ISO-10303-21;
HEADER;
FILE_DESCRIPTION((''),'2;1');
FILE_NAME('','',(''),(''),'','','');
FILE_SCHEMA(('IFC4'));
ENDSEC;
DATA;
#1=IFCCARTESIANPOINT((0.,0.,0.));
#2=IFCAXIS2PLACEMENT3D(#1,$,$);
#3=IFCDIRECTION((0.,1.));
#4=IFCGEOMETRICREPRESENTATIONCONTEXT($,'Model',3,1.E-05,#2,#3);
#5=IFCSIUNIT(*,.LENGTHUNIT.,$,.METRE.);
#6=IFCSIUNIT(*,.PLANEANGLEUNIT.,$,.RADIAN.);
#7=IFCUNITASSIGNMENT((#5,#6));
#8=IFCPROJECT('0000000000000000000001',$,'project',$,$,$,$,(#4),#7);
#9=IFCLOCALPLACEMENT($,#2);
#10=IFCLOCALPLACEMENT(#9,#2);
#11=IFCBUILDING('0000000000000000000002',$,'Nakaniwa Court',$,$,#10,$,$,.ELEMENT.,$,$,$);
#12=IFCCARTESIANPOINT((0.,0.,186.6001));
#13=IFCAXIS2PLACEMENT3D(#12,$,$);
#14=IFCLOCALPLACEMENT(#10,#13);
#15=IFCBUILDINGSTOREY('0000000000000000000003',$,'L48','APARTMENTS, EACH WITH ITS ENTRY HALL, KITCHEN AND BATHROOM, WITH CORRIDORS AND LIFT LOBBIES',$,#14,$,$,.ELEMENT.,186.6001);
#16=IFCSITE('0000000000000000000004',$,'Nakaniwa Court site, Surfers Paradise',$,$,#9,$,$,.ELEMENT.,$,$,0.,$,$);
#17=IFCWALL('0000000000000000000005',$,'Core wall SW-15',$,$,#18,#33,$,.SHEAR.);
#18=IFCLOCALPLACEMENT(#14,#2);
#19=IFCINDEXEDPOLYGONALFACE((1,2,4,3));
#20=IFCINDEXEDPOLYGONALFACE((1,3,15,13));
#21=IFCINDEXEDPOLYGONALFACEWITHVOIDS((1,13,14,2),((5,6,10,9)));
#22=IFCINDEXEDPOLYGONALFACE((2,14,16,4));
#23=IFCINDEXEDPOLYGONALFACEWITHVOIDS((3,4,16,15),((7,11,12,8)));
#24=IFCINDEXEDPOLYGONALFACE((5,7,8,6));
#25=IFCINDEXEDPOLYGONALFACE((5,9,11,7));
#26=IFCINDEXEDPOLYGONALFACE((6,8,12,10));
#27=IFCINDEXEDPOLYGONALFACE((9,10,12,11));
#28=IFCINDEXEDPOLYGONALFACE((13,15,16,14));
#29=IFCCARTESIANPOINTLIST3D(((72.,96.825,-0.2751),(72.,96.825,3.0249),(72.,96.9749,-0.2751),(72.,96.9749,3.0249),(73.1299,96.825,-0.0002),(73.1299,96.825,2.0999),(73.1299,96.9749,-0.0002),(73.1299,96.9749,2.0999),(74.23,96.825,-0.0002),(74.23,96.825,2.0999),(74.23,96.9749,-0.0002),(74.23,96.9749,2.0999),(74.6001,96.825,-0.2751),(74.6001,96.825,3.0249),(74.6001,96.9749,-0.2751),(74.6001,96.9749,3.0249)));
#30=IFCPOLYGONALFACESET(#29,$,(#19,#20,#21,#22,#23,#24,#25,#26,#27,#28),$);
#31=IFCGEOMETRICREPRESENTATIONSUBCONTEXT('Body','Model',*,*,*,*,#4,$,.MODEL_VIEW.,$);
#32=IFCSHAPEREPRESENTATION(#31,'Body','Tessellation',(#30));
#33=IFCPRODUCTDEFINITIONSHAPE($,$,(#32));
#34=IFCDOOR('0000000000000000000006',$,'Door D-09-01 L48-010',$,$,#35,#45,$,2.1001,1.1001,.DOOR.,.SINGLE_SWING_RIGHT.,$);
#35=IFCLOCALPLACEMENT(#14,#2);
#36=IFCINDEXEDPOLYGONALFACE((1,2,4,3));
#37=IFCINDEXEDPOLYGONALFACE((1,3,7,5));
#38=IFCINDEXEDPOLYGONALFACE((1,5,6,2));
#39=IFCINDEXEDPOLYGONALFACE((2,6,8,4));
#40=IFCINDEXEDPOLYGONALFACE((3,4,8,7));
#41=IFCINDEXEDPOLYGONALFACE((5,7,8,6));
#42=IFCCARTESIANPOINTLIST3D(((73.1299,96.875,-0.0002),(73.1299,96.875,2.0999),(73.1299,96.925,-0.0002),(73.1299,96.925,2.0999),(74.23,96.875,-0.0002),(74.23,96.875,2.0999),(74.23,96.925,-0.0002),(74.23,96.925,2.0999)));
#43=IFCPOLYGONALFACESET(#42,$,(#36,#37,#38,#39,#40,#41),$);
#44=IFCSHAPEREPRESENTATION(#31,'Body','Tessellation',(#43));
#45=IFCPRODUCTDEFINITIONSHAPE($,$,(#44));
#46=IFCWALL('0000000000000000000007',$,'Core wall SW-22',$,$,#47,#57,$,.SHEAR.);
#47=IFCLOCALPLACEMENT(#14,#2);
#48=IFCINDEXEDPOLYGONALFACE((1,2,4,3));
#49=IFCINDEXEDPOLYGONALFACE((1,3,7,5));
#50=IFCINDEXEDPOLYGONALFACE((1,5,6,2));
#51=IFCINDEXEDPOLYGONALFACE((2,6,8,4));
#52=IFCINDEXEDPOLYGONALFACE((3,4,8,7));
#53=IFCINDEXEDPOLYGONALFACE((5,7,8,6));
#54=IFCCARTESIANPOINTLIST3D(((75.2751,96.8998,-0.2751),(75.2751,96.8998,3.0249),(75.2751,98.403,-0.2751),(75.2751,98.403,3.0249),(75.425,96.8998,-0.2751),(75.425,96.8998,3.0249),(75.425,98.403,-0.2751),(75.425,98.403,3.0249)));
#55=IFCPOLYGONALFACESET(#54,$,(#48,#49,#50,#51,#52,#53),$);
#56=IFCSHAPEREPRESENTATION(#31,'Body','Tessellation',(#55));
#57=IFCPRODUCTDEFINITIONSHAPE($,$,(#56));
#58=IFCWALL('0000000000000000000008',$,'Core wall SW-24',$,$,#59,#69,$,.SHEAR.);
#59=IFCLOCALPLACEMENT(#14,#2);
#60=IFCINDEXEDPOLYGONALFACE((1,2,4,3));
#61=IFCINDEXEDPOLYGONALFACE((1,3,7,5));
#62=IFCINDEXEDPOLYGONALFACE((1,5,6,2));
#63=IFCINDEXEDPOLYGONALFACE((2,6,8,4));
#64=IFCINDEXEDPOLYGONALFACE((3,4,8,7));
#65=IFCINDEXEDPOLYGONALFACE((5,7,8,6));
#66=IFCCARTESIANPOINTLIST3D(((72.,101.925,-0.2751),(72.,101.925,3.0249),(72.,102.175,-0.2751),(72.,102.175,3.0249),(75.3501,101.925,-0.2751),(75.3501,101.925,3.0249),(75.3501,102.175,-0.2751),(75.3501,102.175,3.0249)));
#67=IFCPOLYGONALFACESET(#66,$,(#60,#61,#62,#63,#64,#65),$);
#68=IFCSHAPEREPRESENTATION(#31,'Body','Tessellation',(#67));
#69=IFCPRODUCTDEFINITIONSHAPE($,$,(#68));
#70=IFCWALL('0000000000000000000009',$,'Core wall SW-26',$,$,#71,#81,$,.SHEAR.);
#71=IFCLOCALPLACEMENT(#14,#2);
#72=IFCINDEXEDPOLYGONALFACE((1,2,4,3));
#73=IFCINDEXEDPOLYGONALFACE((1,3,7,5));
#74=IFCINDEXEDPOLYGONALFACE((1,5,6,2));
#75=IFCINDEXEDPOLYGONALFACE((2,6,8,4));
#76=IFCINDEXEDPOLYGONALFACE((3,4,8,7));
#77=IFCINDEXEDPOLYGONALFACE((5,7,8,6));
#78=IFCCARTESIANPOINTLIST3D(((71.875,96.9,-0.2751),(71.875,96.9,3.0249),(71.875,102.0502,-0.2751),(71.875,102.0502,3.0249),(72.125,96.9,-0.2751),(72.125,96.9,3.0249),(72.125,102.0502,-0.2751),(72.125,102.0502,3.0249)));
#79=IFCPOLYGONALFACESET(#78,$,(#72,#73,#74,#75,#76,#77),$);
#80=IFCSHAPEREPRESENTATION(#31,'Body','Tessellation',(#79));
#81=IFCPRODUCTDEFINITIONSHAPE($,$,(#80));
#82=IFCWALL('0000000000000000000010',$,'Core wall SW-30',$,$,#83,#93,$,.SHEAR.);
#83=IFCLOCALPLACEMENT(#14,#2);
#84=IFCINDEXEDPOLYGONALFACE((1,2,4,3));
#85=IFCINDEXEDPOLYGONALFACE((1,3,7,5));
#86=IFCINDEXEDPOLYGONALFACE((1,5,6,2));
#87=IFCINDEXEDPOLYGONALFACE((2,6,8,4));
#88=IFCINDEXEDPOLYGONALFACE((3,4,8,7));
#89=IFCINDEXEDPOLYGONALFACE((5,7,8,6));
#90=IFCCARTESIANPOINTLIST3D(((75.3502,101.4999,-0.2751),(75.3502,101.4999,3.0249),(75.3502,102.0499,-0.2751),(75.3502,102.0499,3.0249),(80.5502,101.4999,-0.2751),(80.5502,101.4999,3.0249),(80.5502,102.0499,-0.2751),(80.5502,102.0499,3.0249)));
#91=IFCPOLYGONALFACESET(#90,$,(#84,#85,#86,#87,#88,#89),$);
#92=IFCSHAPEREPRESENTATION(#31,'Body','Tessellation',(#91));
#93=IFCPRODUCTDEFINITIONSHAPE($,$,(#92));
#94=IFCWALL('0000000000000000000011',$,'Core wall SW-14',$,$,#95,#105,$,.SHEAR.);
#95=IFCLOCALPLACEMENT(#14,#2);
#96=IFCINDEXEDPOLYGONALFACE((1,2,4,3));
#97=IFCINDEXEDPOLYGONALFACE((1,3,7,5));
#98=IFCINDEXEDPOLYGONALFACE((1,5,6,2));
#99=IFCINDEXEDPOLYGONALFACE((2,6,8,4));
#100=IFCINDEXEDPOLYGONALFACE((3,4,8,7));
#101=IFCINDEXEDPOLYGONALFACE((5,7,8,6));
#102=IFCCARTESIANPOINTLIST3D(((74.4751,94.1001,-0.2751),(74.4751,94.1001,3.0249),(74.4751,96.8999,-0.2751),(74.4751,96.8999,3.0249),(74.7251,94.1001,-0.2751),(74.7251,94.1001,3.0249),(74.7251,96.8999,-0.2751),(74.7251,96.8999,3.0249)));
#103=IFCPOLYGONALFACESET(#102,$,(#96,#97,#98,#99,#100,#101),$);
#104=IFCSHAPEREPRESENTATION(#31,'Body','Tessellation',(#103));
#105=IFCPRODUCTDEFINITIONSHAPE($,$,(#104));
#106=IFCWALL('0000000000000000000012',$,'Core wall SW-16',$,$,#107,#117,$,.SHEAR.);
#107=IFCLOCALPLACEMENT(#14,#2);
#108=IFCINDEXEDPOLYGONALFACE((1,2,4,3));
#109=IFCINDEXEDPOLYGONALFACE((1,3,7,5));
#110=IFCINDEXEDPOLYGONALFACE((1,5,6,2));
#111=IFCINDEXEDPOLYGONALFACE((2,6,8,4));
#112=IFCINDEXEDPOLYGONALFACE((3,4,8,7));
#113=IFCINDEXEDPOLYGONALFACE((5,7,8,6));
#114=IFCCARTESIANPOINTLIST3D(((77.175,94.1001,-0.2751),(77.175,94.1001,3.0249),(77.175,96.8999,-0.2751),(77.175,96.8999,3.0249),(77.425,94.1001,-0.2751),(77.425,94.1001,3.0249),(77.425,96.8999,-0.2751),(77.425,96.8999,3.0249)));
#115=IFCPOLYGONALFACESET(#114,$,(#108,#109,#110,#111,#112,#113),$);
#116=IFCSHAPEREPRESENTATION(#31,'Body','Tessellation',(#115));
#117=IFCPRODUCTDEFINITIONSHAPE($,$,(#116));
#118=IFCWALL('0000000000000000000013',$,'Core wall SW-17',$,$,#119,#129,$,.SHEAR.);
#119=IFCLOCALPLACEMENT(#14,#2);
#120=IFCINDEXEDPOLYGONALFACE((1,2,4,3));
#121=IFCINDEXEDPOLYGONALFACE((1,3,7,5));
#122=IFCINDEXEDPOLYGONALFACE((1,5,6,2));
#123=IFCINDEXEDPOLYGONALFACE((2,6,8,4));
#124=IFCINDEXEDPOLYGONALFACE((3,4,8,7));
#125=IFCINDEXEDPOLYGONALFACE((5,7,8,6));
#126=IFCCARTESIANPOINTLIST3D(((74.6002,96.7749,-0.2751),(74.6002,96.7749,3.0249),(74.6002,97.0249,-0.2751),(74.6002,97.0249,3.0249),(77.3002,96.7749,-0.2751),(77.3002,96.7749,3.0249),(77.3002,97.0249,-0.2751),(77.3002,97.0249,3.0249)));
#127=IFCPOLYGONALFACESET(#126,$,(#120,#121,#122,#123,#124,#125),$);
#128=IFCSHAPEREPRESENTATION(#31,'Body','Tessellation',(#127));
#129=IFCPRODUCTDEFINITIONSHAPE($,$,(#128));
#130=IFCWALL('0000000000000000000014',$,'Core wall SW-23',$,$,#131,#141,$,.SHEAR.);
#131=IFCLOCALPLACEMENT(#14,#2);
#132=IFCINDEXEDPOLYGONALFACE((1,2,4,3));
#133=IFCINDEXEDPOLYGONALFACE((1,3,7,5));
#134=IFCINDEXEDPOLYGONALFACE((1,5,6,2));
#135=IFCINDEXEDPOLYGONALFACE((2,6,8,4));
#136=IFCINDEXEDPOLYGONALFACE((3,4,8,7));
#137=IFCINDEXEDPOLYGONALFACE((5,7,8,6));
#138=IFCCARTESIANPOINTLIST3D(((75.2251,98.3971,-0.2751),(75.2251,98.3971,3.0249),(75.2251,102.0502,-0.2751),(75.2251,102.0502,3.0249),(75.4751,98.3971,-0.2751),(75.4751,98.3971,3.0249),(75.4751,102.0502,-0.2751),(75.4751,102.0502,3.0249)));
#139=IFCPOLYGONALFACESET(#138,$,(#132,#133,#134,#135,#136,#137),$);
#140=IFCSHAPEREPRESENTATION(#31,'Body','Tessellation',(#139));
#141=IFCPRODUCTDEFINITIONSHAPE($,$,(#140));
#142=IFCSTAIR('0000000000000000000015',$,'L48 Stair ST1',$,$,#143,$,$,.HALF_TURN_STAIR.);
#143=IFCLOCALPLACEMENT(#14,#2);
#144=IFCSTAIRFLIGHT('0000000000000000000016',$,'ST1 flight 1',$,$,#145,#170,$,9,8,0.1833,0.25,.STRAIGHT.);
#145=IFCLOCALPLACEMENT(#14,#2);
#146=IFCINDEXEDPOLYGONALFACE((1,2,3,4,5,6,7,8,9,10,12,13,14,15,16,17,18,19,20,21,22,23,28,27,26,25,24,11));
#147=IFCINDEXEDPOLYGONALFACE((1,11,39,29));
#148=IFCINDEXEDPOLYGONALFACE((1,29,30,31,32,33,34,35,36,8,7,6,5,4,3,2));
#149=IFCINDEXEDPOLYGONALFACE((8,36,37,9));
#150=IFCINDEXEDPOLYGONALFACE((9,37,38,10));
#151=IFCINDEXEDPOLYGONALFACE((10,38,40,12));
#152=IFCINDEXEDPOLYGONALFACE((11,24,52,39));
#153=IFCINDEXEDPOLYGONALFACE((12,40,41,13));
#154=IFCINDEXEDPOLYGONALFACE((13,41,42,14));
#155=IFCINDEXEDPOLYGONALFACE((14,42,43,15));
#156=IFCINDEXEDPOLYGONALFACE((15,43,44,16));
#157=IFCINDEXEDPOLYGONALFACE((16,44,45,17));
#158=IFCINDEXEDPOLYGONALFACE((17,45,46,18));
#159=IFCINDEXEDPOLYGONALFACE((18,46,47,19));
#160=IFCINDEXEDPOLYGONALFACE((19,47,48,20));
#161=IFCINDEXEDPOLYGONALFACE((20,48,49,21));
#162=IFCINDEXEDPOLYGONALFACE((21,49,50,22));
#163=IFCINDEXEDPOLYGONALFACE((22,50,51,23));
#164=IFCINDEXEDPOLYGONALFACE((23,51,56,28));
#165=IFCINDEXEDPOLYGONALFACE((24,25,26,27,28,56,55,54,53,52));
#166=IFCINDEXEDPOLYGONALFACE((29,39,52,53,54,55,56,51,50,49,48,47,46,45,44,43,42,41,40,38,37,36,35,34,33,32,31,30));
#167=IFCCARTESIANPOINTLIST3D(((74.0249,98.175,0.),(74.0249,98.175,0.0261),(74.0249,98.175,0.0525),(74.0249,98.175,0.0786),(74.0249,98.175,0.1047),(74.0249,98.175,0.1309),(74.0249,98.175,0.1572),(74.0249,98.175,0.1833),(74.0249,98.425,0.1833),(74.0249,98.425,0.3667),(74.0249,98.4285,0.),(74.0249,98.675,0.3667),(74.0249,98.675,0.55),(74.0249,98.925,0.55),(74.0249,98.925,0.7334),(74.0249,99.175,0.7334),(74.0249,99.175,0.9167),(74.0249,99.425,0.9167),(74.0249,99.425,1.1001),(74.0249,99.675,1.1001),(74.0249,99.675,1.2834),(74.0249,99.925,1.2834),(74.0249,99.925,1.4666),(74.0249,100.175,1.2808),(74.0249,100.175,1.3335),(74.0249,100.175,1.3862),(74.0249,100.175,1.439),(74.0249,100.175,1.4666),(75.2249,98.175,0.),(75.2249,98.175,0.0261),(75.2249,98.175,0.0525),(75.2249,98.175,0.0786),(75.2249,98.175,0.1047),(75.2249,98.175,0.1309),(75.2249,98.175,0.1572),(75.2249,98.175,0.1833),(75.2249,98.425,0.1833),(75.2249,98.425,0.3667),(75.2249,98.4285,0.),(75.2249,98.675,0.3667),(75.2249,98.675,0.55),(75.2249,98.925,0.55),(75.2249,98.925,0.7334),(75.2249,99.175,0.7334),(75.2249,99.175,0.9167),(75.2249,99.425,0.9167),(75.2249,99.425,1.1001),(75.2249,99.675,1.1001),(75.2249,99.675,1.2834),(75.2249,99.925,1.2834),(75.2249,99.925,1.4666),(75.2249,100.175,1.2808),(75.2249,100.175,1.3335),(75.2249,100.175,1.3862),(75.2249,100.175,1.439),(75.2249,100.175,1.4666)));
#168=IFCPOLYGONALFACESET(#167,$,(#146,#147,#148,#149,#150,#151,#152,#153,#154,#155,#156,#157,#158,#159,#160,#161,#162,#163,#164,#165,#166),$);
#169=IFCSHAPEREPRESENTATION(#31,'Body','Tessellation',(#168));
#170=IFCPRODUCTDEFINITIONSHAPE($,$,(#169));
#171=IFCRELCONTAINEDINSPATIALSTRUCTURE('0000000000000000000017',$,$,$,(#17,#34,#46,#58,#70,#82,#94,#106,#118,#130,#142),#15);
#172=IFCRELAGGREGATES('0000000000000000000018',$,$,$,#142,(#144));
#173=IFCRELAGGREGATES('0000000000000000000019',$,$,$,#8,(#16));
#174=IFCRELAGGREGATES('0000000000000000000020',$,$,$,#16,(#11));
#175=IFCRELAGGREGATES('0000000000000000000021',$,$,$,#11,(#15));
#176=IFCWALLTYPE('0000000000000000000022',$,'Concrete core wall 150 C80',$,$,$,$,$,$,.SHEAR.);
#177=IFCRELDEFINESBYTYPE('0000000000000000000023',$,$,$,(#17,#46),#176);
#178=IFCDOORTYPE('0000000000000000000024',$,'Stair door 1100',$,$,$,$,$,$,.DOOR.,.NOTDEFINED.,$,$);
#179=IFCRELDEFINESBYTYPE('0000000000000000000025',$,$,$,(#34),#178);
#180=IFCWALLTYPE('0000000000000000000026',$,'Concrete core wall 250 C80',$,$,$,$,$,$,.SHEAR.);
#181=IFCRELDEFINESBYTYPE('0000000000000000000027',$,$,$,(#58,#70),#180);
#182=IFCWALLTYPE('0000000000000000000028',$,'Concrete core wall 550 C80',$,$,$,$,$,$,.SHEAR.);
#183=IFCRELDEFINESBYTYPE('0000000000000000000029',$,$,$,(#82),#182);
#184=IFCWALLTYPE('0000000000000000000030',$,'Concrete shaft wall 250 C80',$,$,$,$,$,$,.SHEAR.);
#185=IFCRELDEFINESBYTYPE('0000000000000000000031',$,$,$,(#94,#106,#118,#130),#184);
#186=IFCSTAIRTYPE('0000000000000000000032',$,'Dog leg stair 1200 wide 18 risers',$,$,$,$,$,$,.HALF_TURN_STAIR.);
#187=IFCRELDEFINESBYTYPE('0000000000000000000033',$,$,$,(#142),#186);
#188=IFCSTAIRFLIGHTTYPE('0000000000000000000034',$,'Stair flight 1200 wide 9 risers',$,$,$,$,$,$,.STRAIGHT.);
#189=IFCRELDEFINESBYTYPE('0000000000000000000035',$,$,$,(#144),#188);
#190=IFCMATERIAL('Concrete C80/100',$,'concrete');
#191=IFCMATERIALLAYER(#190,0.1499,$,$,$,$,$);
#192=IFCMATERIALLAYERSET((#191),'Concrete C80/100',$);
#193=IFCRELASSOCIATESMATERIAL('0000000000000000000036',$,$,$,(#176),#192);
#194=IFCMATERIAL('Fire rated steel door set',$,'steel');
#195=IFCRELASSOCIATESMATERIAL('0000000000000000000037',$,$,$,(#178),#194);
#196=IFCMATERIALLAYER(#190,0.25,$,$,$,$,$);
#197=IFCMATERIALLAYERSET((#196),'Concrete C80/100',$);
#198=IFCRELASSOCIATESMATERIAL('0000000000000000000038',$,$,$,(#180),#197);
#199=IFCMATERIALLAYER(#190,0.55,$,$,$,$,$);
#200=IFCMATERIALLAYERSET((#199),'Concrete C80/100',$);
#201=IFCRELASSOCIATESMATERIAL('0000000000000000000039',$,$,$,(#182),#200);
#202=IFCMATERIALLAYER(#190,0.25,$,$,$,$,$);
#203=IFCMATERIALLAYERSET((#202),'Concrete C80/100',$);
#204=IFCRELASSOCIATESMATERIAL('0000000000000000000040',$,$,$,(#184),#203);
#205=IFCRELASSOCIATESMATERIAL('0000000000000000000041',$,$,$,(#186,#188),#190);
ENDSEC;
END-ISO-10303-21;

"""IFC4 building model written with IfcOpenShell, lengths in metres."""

from ifc_helpers import new_model, si_unit, direction, frame, frame_2d, origin, place, context, subcontext, project, spatial, polyline, rectangle, outline, extrude, material, layer, layer_set, type_object, element, fill, aggregate, save


model = new_model("IFC4")

# Units and contexts
model_context = context("Model", 3, precision=1e-05, world=origin(), true_north=direction((0.0, 1.0)))
body_context = subcontext(model_context, "Body", "Model", "MODEL_VIEW")
ifc_project = project(units=[si_unit("LENGTHUNIT", "METRE"), si_unit("PLANEANGLEUNIT", "RADIAN")], contexts=[model_context])

# Site, building, storey
site_placement = place(None, origin())
site = spatial("IfcSite", under=ifc_project, at=site_placement, Name="Nakaniwa Court site, Surfers Paradise", CompositionType="ELEMENT", RefElevation=0.0)
building_placement = place(site_placement, origin())
building = spatial("IfcBuilding", under=site, at=building_placement, Name="Nakaniwa Court", CompositionType="ELEMENT")
storey_placement = place(building_placement, frame((0.0, 0.0, 186.6001)))
storey = spatial("IfcBuildingStorey", under=building, at=storey_placement, Name="L48", Description="APARTMENTS, EACH WITH ITS ENTRY HALL, KITCHEN AND BATHROOM, WITH CORRIDORS AND LIFT LOBBIES", CompositionType="ELEMENT", Elevation=186.6001)

# Shared definitions
ifc_material_1 = material(Name="Fire rated steel door set", Category="steel")

# Wall, opening, door
ifc_material_2 = material(Name="Concrete C80/100", Category="concrete")
ifc_layer_1 = layer(ifc_material_2, 0.1499)
ifc_layer_set_1 = layer_set([ifc_layer_1], Name="Concrete C80/100")
wall_type_1 = type_object("IfcWallType", Name="Concrete core wall 150 C80", PredefinedType="SHEAR", material=ifc_layer_set_1)
wall_1_placement = place(storey_placement, frame((74.6001, 96.8999, -0.2751), z_axis=(0.0, 0.0, 1.0), x_axis=(-1.0, 0.0, 0.0)))
wall_1 = element("IfcWall", 1, at=wall_1_placement, inside=storey, type_object=wall_type_1, Name="Core wall SW-15", PredefinedType="SHEAR", context=body_context, shape_type="SweptSolid", body=[
    extrude(rectangle(XDim=2.6001, YDim=0.1499, at=frame_2d((1.3, 0.0))), origin(), (0.0, 0.0, 1.0), 3.3),
])
opening_1_placement = place(wall_1_placement, frame((0.3701, 0.0, 0.2749)))
opening_1 = element("IfcOpeningElement", 2, at=opening_1_placement, cuts=wall_1, PredefinedType="OPENING", context=body_context, shape_type="SweptSolid", body=[
    extrude(rectangle(XDim=1.1001, YDim=2.1001, at=frame_2d((0.55, 1.05))), frame((0.0, 0.085, 0.0), z_axis=(0.0, -1.0, 0.0), x_axis=(1.0, 0.0, 0.0)), (0.0, 0.0, 1.0), 0.1699),
])
door_type_1 = type_object("IfcDoorType", Name="Stair door 1100", OperationType="NOTDEFINED", PredefinedType="DOOR", material=ifc_material_1)
door_1_placement = place(opening_1_placement, origin())
door_1 = element("IfcDoor", 3, at=door_1_placement, inside=storey, type_object=door_type_1, Name="Door D-09-01 L48-010", OperationType="SINGLE_SWING_RIGHT", OverallHeight=2.1001, OverallWidth=1.1001, PredefinedType="DOOR", context=body_context, shape_type="SweptSolid", body=[
    extrude(rectangle(XDim=1.1001, YDim=2.1001, at=frame_2d((0.55, 1.05))), frame((0.0, 0.0249, 0.0), z_axis=(0.0, -1.0, 0.0), x_axis=(1.0, 0.0, 0.0)), (0.0, 0.0, 1.0), 0.05),
])
fill(opening_1, door_1)

# Walls
wall_2_placement = place(storey_placement, frame((75.3501, 96.8999, -0.2751), z_axis=(0.0, 0.0, 1.0), x_axis=(0.0, 1.0, 0.0)))
element("IfcWall", 4, at=wall_2_placement, inside=storey, type_object=wall_type_1, Name="Core wall SW-22", PredefinedType="SHEAR", context=body_context, shape_type="SweptSolid", body=[
    extrude(rectangle(XDim=1.5032, YDim=0.1499, at=frame_2d((0.7515, 0.0))), origin(), (0.0, 0.0, 1.0), 3.3),
])
ifc_layer_2 = layer(ifc_material_2, 0.25)
ifc_layer_set_2 = layer_set([ifc_layer_2], Name="Concrete C80/100")
wall_type_2 = type_object("IfcWallType", Name="Concrete core wall 250 C80", PredefinedType="SHEAR", material=ifc_layer_set_2)
wall_3_placement = place(storey_placement, frame((72.0, 102.05, -0.2751), z_axis=(0.0, 0.0, 1.0), x_axis=(1.0, 0.0, 0.0)))
element("IfcWall", 5, at=wall_3_placement, inside=storey, type_object=wall_type_2, Name="Core wall SW-24", PredefinedType="SHEAR", context=body_context, shape_type="SweptSolid", body=[
    extrude(rectangle(XDim=3.3501, YDim=0.25, at=frame_2d((1.675, 0.0))), origin(), (0.0, 0.0, 1.0), 3.3),
])
wall_4_placement = place(storey_placement, frame((72.0, 96.8999, -0.2751), z_axis=(0.0, 0.0, 1.0), x_axis=(0.0, 1.0, 0.0)))
element("IfcWall", 6, at=wall_4_placement, inside=storey, type_object=wall_type_2, Name="Core wall SW-26", PredefinedType="SHEAR", context=body_context, shape_type="SweptSolid", body=[
    extrude(rectangle(XDim=5.1501, YDim=0.25, at=frame_2d((2.5752, 0.0))), origin(), (0.0, 0.0, 1.0), 3.3),
])
ifc_layer_3 = layer(ifc_material_2, 0.55)
ifc_layer_set_3 = layer_set([ifc_layer_3], Name="Concrete C80/100")
wall_type_3 = type_object("IfcWallType", Name="Concrete core wall 550 C80", PredefinedType="SHEAR", material=ifc_layer_set_3)
wall_5_placement = place(storey_placement, frame((75.3501, 101.7749, -0.2751), z_axis=(0.0, 0.0, 1.0), x_axis=(1.0, 0.0, 0.0)))
element("IfcWall", 7, at=wall_5_placement, inside=storey, type_object=wall_type_3, Name="Core wall SW-30", PredefinedType="SHEAR", context=body_context, shape_type="SweptSolid", body=[
    extrude(rectangle(XDim=5.2, YDim=0.55, at=frame_2d((2.6001, 0.0))), origin(), (0.0, 0.0, 1.0), 3.3),
])
ifc_layer_4 = layer(ifc_material_2, 0.25)
ifc_layer_set_4 = layer_set([ifc_layer_4], Name="Concrete C80/100")
wall_type_4 = type_object("IfcWallType", Name="Concrete shaft wall 250 C80", PredefinedType="SHEAR", material=ifc_layer_set_4)
for number, where, z_axis, x_axis, name in (
    (8, (74.6001, 94.1001, -0.2751), (0.0, 0.0, 1.0), (0.0, 1.0, 0.0), "Core wall SW-14"),
    (9, (77.3, 94.1001, -0.2751), (0.0, 0.0, 1.0), (0.0, 1.0, 0.0), "Core wall SW-16"),
):
    element("IfcWall", number, at=place(storey_placement, frame(where, z_axis=z_axis, x_axis=x_axis)), inside=storey, type_object=wall_type_4, Name=name, PredefinedType="SHEAR", context=body_context, shape_type="SweptSolid", body=[
        extrude(rectangle(XDim=2.7998, YDim=0.25, at=frame_2d((1.3999, 0.0))), origin(), (0.0, 0.0, 1.0), 3.3),
    ])
wall_6_placement = place(storey_placement, frame((74.6001, 96.8999, -0.2751), z_axis=(0.0, 0.0, 1.0), x_axis=(1.0, 0.0, 0.0)))
element("IfcWall", 10, at=wall_6_placement, inside=storey, type_object=wall_type_4, Name="Core wall SW-17", PredefinedType="SHEAR", context=body_context, shape_type="SweptSolid", body=[
    extrude(rectangle(XDim=2.7, YDim=0.25, at=frame_2d((1.3501, 0.0))), origin(), (0.0, 0.0, 1.0), 3.3),
])
wall_7_placement = place(storey_placement, frame((75.3501, 98.397, -0.2751), z_axis=(0.0, 0.0, 1.0), x_axis=(0.0, 1.0, 0.0)))
element("IfcWall", 11, at=wall_7_placement, inside=storey, type_object=wall_type_4, Name="Core wall SW-23", PredefinedType="SHEAR", context=body_context, shape_type="SweptSolid", body=[
    extrude(rectangle(XDim=3.6531, YDim=0.25, at=frame_2d((1.8267, 0.0))), origin(), (0.0, 0.0, 1.0), 3.3),
])

# Stair, stair flight
stair_type = type_object("IfcStairType", Name="Dog leg stair 1200 wide 18 risers", PredefinedType="HALF_TURN_STAIR", material=ifc_material_2)
stair_placement = place(storey_placement, origin())
stair = element("IfcStair", 12, at=stair_placement, inside=storey, type_object=stair_type, Name="L48 Stair ST1", PredefinedType="HALF_TURN_STAIR")
stair_flight_type = type_object("IfcStairFlightType", Name="Stair flight 1200 wide 9 risers", PredefinedType="STRAIGHT", material=ifc_material_2)
stair_flight_1_placement = place(storey_placement, frame((74.625, 98.175, 0.0), z_axis=(0.0, 0.0, 1.0), x_axis=(0.0, 1.0, 0.0)))
stair_flight_1 = element("IfcStairFlight", 13, at=stair_flight_1_placement, type_object=stair_flight_type, Name="ST1 flight 1", NumberOfRisers=9, NumberOfTreads=8, PredefinedType="STRAIGHT", RiserHeight=0.1833, TreadLength=0.25, context=body_context, shape_type="SweptSolid", body=[
    extrude(outline(polyline([(0.0, 0.0), (0.0, 0.0261), (0.0, 0.0525), (0.0, 0.0786), (0.0, 0.1047), (0.0, 0.1309), (0.0, 0.1572), (0.0, 0.1833), (0.25, 0.1833), (0.25, 0.3667), (0.5, 0.3667), (0.5, 0.55), (0.75, 0.55), (0.75, 0.7334), (1.0, 0.7334), (1.0, 0.9167), (1.25, 0.9167), (1.25, 1.1001), (1.5, 1.1001), (1.5, 1.2834), (1.75, 1.2834), (1.75, 1.4666), (2.0, 1.4666), (2.0, 1.6499), (2.0, 1.5972), (2.0, 1.5444), (2.0, 1.4917), (2.0, 1.439), (2.0, 1.3862), (2.0, 1.3335), (2.0, 1.2808), (0.2534, 0.0), (0.0, 0.0)])), frame((0.0, 0.6001, 0.0), z_axis=(0.0, -1.0, 0.0), x_axis=(1.0, 0.0, 0.0)), (0.0, 0.0, 1.0), 1.2),
])
aggregate(stair, [stair_flight_1])

save(model, "model.ifc")
